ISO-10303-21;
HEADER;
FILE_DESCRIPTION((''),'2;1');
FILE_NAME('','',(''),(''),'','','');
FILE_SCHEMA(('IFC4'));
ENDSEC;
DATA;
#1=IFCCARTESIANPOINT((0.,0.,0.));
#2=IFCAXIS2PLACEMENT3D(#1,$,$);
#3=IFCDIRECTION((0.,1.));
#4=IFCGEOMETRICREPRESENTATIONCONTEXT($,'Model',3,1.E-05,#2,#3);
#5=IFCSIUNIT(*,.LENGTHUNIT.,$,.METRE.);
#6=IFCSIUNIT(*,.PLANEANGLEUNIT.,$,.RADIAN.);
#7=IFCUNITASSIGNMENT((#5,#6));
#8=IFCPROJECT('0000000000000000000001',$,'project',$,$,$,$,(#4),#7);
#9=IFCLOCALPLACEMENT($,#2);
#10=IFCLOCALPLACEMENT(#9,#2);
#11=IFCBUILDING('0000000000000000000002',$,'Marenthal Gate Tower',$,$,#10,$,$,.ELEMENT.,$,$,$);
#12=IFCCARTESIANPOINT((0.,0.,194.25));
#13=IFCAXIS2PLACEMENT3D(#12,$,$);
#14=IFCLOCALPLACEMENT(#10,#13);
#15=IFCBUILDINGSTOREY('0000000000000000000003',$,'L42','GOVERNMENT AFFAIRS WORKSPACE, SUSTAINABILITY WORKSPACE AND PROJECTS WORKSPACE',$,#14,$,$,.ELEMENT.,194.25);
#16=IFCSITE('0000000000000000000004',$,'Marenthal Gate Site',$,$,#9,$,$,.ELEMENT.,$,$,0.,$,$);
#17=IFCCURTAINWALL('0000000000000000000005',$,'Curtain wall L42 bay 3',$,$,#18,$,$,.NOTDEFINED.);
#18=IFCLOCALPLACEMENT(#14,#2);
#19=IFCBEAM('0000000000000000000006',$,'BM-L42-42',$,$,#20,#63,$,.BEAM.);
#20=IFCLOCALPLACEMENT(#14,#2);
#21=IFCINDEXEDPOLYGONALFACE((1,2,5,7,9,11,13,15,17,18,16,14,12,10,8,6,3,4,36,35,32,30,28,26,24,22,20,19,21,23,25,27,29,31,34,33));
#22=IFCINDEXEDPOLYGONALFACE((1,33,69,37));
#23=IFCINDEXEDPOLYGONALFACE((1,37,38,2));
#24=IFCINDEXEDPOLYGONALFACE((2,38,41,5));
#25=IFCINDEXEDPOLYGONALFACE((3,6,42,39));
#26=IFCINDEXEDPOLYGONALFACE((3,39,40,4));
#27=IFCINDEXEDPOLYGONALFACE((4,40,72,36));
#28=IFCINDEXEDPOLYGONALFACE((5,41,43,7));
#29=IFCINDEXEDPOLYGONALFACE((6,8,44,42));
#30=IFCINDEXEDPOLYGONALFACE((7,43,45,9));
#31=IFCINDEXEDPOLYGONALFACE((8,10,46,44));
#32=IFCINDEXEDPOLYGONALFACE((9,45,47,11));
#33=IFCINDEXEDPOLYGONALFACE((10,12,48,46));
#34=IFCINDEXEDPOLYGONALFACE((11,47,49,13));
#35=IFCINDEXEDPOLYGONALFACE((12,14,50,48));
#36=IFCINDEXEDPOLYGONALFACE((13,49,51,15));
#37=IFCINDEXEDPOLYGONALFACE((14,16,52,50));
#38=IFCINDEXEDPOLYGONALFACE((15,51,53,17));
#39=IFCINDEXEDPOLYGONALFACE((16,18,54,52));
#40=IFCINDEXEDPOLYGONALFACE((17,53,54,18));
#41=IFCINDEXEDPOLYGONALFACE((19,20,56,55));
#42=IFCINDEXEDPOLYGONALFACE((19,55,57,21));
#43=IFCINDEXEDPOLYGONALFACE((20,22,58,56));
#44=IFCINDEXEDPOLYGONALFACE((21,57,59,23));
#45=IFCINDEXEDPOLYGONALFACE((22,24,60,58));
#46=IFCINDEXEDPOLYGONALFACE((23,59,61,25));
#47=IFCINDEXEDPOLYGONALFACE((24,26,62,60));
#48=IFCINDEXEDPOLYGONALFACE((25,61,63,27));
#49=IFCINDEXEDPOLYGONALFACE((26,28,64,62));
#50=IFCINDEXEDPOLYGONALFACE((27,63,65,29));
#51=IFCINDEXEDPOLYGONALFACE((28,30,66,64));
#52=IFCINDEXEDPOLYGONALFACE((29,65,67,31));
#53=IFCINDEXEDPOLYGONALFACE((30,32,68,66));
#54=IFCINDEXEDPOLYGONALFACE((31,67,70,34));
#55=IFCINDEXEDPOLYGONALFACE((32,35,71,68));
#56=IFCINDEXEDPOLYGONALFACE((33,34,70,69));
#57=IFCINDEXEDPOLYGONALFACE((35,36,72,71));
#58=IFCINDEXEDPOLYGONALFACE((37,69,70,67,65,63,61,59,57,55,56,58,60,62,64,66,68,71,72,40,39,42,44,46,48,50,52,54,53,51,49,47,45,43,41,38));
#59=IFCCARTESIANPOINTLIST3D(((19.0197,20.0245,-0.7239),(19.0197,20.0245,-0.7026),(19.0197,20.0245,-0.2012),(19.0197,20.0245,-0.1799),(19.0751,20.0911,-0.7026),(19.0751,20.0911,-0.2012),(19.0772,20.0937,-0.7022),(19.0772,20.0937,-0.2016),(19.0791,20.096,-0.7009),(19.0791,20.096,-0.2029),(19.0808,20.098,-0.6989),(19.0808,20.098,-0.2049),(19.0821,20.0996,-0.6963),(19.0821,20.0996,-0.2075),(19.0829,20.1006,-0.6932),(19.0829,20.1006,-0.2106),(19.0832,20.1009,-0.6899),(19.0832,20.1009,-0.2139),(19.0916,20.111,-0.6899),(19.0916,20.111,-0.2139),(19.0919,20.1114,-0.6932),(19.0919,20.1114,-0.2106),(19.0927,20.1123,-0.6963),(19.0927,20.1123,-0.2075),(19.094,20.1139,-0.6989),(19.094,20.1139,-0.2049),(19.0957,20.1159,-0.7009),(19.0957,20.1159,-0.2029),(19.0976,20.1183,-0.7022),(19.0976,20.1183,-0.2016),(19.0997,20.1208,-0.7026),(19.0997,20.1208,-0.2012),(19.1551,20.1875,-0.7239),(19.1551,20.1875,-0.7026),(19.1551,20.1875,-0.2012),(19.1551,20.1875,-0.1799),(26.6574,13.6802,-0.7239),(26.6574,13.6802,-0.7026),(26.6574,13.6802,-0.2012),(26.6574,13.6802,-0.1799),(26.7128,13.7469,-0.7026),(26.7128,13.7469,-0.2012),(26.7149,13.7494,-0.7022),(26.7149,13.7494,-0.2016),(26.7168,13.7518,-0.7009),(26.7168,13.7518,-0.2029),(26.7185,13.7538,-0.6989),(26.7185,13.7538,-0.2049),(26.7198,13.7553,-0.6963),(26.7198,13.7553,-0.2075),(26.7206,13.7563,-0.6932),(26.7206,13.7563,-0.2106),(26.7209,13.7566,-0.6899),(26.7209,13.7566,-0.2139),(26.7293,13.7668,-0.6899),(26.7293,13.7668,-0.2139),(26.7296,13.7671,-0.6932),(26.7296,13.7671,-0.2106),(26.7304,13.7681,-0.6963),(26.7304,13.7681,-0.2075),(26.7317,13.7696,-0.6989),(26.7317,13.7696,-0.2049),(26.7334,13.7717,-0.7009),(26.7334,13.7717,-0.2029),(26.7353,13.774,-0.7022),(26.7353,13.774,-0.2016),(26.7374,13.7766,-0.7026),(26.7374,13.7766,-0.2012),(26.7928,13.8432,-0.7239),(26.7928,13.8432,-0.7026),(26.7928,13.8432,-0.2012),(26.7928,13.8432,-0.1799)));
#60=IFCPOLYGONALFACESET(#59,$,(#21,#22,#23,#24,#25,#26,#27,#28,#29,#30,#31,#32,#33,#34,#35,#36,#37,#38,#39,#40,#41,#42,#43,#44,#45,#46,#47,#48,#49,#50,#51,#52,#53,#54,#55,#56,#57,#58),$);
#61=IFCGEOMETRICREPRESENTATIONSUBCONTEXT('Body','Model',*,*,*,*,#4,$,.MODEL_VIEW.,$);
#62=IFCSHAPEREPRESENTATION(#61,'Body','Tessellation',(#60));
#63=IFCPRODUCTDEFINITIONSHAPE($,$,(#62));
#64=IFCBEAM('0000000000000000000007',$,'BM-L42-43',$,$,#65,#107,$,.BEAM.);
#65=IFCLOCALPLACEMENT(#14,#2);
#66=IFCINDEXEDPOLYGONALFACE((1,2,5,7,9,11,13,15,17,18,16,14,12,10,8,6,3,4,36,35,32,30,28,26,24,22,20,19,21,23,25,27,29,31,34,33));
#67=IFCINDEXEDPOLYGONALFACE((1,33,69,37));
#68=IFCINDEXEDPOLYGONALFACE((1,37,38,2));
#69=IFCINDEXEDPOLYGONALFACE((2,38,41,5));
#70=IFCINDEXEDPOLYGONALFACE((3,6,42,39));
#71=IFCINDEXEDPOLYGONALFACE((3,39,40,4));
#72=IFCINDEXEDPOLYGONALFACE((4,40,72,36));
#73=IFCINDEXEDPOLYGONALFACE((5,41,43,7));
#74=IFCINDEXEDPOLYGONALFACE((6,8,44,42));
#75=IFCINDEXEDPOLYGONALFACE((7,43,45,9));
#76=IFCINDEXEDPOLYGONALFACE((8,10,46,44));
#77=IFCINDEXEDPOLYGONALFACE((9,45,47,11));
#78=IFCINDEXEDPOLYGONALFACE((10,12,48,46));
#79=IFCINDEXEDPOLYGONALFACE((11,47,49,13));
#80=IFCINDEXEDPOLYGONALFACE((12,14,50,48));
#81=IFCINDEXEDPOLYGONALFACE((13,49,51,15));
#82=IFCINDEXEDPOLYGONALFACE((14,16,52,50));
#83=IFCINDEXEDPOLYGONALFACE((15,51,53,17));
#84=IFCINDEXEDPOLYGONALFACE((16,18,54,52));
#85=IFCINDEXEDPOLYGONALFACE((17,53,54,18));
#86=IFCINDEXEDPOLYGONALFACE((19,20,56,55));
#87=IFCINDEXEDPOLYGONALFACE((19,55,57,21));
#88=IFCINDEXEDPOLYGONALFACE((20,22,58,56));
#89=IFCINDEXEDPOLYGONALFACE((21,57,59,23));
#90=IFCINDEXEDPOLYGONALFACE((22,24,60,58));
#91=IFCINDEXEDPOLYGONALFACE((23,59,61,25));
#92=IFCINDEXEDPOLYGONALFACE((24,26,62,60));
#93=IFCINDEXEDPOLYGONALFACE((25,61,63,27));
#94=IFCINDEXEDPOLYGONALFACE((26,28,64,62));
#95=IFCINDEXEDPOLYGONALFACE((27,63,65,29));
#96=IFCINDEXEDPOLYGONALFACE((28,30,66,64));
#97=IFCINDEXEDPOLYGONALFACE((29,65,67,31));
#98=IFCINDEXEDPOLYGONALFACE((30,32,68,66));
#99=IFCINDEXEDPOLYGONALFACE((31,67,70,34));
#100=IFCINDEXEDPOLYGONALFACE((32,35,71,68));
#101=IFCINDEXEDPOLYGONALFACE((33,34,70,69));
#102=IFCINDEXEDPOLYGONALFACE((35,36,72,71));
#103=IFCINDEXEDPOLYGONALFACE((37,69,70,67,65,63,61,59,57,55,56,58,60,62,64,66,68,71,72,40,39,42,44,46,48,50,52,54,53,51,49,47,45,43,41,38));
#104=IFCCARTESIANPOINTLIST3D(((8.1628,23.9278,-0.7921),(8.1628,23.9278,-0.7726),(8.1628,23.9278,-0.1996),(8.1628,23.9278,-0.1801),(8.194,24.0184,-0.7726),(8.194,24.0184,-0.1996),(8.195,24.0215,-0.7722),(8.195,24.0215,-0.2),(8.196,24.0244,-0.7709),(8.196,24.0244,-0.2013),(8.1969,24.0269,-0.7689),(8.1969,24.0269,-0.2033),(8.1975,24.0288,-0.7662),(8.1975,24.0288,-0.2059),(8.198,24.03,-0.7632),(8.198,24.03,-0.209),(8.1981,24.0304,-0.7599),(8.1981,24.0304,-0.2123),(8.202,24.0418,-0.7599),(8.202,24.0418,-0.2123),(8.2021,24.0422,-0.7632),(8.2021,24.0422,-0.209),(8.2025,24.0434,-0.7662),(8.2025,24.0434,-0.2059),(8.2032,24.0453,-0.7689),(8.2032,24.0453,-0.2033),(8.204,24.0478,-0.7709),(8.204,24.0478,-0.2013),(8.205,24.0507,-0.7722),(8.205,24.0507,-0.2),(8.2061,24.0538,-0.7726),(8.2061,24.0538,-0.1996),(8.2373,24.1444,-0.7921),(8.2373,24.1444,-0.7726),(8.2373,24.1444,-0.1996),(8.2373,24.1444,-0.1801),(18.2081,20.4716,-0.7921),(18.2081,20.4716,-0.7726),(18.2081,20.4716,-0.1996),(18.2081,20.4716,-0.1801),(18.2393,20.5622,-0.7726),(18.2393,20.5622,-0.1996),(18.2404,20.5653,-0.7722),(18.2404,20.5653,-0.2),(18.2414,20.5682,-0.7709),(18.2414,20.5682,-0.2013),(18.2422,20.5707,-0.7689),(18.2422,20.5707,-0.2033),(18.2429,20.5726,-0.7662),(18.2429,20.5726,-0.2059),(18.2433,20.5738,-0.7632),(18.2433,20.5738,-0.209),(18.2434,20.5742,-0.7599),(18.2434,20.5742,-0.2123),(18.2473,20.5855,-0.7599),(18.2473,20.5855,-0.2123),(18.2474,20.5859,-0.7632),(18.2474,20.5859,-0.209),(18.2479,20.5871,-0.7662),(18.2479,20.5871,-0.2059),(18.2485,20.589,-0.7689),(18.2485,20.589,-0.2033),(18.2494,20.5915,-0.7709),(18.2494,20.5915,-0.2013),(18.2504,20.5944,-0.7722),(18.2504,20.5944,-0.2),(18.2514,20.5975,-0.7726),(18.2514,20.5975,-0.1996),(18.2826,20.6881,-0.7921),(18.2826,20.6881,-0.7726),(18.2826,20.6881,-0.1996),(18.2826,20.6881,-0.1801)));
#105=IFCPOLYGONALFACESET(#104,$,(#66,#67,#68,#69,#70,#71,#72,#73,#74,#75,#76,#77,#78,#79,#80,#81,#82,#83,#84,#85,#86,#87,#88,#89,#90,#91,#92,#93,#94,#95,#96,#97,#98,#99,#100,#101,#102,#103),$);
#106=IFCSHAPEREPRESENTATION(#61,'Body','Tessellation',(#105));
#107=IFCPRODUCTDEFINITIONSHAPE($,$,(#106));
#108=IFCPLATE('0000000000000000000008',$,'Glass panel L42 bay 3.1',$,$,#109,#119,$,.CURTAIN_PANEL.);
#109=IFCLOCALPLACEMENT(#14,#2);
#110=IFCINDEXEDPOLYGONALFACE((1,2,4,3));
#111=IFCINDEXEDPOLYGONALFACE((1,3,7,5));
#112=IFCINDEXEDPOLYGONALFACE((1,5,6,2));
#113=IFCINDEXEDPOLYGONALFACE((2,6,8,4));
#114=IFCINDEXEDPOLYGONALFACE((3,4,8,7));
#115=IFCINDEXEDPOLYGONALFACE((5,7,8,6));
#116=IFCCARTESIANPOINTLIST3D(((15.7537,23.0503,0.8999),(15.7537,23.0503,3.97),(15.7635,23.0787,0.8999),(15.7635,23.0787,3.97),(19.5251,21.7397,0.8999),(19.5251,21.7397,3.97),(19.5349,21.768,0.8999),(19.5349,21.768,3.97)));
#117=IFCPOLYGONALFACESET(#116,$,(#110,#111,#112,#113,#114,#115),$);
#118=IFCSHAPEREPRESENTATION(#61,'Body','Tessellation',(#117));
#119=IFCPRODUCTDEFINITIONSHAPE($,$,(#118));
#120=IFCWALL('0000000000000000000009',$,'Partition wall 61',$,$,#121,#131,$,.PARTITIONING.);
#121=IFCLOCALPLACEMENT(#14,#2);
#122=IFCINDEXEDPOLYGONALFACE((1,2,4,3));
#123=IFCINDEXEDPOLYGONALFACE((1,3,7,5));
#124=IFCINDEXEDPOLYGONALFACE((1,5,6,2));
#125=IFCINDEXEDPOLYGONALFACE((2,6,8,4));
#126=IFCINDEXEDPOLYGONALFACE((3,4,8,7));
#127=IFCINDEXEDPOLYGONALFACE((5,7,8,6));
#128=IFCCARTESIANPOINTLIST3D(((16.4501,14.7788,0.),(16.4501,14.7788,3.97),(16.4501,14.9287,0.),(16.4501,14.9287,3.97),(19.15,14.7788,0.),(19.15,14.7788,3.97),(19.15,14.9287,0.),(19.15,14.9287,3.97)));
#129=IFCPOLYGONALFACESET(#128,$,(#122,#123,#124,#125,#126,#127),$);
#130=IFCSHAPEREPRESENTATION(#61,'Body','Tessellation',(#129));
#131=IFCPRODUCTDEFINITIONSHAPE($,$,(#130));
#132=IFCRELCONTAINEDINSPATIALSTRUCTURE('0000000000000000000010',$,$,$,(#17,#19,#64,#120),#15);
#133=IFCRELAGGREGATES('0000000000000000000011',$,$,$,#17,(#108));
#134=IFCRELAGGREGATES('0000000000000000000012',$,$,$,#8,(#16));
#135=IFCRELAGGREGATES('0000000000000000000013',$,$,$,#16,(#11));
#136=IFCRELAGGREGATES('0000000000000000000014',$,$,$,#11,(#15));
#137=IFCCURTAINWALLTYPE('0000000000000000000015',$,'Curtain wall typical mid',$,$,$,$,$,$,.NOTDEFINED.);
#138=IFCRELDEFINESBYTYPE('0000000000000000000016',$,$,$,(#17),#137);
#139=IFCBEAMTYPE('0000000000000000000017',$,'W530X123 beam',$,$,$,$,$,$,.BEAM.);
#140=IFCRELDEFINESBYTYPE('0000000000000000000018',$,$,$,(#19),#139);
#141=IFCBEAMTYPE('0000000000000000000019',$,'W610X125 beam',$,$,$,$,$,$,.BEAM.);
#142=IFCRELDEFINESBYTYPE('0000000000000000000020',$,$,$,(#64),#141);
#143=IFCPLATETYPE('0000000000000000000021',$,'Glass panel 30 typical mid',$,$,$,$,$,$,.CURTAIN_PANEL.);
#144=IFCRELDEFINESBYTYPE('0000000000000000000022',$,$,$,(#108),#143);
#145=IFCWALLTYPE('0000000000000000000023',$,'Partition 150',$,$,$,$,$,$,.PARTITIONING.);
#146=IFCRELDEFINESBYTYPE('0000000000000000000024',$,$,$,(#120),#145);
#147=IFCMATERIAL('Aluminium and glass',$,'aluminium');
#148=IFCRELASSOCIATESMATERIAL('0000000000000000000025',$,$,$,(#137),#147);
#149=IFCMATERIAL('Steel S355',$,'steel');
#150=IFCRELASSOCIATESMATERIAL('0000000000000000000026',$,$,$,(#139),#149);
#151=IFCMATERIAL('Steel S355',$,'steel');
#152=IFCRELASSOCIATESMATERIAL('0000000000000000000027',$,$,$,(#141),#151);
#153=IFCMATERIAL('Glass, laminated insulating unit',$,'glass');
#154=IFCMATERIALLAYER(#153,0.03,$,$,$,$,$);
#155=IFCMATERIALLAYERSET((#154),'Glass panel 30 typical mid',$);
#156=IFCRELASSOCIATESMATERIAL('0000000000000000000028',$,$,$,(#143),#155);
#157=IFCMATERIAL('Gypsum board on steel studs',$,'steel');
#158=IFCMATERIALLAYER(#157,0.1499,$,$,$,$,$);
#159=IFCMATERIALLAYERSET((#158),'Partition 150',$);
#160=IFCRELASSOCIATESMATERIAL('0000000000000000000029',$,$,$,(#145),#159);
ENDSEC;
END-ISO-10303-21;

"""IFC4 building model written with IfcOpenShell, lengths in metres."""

from ifc_helpers import new_model, si_unit, direction, frame, frame_2d, origin, origin_2d, place, context, subcontext, project, spatial, rectangle, i_section, extrude, material, layer, layer_set, material_profile, profile_set, type_object, element, aggregate, save


model = new_model("IFC4")

# Units and contexts
model_context = context("Model", 3, precision=1e-05, world=origin(), true_north=direction((0.0, 1.0)))
body_context = subcontext(model_context, "Body", "Model", "MODEL_VIEW")
ifc_project = project(units=[si_unit("LENGTHUNIT", "METRE"), si_unit("PLANEANGLEUNIT", "RADIAN")], contexts=[model_context])

# Site, building, storey
site_placement = place(None, origin())
site = spatial("IfcSite", under=ifc_project, at=site_placement, Name="Marenthal Gate Site", CompositionType="ELEMENT", RefElevation=0.0)
building_placement = place(site_placement, origin())
building = spatial("IfcBuilding", under=site, at=building_placement, Name="Marenthal Gate Tower", CompositionType="ELEMENT")
storey_placement = place(building_placement, frame((0.0, 0.0, 194.25)))
storey = spatial("IfcBuildingStorey", under=building, at=storey_placement, Name="L42", Description="GOVERNMENT AFFAIRS WORKSPACE, SUSTAINABILITY WORKSPACE AND PROJECTS WORKSPACE", CompositionType="ELEMENT", Elevation=194.25)

# Shared definitions
ifc_material_1 = material(Name="Aluminium and glass", Category="aluminium")
curtain_wall_type = type_object("IfcCurtainWallType", Name="Curtain wall typical mid", PredefinedType="NOTDEFINED", material=ifc_material_1)

# Curtain wall
curtain_wall_1_placement = place(storey_placement, origin())
curtain_wall_1 = element("IfcCurtainWall", 1, at=curtain_wall_1_placement, inside=storey, type_object=curtain_wall_type, Name="Curtain wall L42 bay 3", PredefinedType="NOTDEFINED")

# Beams
ifc_material_2 = material(Name="Steel S355", Category="steel")
ifc_material_profile_1 = material_profile(ifc_material_2, i_section(OverallWidth=0.2119, OverallDepth=0.5439, WebThickness=0.0132, FlangeThickness=0.0212, FilletRadius=0.0127, at=origin_2d()), Name="W530X123")
ifc_profile_set_1 = profile_set([ifc_material_profile_1], Name="Steel S355")
beam_type_1 = type_object("IfcBeamType", Name="W530X123 beam", PredefinedType="BEAM", material=ifc_profile_set_1)
beam_1_placement = place(storey_placement, frame((26.7251, 13.7617, -0.4519), z_axis=(-0.769236, 0.638965, 0.0), x_axis=(-0.638965, -0.769236, 0.0)))
element("IfcBeam", 2, at=beam_1_placement, inside=storey, type_object=beam_type_1, Name="BM-L42-42", PredefinedType="BEAM", context=body_context, shape_type="SweptSolid", body=[
    extrude(i_section(OverallWidth=0.2119, OverallDepth=0.5439, WebThickness=0.0132, FlangeThickness=0.0212, FilletRadius=0.0127, at=origin_2d()), origin(), (0.0, 0.0, 1.0), 9.929),
])
ifc_material_3 = material(Name="Steel S355", Category="steel")
ifc_material_profile_2 = material_profile(ifc_material_3, i_section(OverallWidth=0.229, OverallDepth=0.6121, WebThickness=0.012, FlangeThickness=0.0195, FilletRadius=0.0127, at=origin_2d()), Name="W610X125")
ifc_profile_set_2 = profile_set([ifc_material_profile_2], Name="Steel S355")
beam_type_2 = type_object("IfcBeamType", Name="W610X125 beam", PredefinedType="BEAM", material=ifc_profile_set_2)
beam_2_placement = place(storey_placement, frame((18.2454, 20.5798, -0.4861), z_axis=(-0.945594, 0.325348, 0.0), x_axis=(-0.325348, -0.945594, 0.0)))
element("IfcBeam", 3, at=beam_2_placement, inside=storey, type_object=beam_type_2, Name="BM-L42-43", PredefinedType="BEAM", context=body_context, shape_type="SweptSolid", body=[
    extrude(i_section(OverallWidth=0.229, OverallDepth=0.6121, WebThickness=0.012, FlangeThickness=0.0195, FilletRadius=0.0127, at=origin_2d()), origin(), (0.0, 0.0, 1.0), 10.6233),
])

# Plate
ifc_material_4 = material(Name="Glass, laminated insulating unit", Category="glass")
ifc_layer_1 = layer(ifc_material_4, 0.03)
ifc_layer_set_1 = layer_set([ifc_layer_1], Name="Glass panel 30 typical mid")
plate_type = type_object("IfcPlateType", Name="Glass panel 30 typical mid", PredefinedType="CURTAIN_PANEL", material=ifc_layer_set_1)
plate_placement = place(storey_placement, frame((17.6443, 22.4092, 0.8999), z_axis=(0.0, 0.0, 1.0), x_axis=(-0.944583, 0.328273, 0.0)))
plate = element("IfcPlate", 4, at=plate_placement, type_object=plate_type, Name="Glass panel L42 bay 3.1", PredefinedType="CURTAIN_PANEL", context=body_context, shape_type="SweptSolid", body=[
    extrude(rectangle(XDim=3.9927, YDim=0.03, at=origin_2d()), origin(), (0.0, 0.0, 1.0), 3.0701),
])
aggregate(curtain_wall_1, [plate])

# Wall
ifc_material_5 = material(Name="Gypsum board on steel studs", Category="steel")
ifc_layer_2 = layer(ifc_material_5, 0.1499)
ifc_layer_set_2 = layer_set([ifc_layer_2], Name="Partition 150")
wall_type_1 = type_object("IfcWallType", Name="Partition 150", PredefinedType="PARTITIONING", material=ifc_layer_set_2)
wall_1_placement = place(storey_placement, frame((16.45, 14.8538, 0.0), z_axis=(0.0, 0.0, 1.0), x_axis=(1.0, 0.0, 0.0)))
element("IfcWall", 5, at=wall_1_placement, inside=storey, type_object=wall_type_1, Name="Partition wall 61", PredefinedType="PARTITIONING", context=body_context, shape_type="SweptSolid", body=[
    extrude(rectangle(XDim=2.7, YDim=0.1499, at=frame_2d((1.3501, 0.0))), origin(), (0.0, 0.0, 1.0), 3.97),
])

save(model, "model.ifc")
